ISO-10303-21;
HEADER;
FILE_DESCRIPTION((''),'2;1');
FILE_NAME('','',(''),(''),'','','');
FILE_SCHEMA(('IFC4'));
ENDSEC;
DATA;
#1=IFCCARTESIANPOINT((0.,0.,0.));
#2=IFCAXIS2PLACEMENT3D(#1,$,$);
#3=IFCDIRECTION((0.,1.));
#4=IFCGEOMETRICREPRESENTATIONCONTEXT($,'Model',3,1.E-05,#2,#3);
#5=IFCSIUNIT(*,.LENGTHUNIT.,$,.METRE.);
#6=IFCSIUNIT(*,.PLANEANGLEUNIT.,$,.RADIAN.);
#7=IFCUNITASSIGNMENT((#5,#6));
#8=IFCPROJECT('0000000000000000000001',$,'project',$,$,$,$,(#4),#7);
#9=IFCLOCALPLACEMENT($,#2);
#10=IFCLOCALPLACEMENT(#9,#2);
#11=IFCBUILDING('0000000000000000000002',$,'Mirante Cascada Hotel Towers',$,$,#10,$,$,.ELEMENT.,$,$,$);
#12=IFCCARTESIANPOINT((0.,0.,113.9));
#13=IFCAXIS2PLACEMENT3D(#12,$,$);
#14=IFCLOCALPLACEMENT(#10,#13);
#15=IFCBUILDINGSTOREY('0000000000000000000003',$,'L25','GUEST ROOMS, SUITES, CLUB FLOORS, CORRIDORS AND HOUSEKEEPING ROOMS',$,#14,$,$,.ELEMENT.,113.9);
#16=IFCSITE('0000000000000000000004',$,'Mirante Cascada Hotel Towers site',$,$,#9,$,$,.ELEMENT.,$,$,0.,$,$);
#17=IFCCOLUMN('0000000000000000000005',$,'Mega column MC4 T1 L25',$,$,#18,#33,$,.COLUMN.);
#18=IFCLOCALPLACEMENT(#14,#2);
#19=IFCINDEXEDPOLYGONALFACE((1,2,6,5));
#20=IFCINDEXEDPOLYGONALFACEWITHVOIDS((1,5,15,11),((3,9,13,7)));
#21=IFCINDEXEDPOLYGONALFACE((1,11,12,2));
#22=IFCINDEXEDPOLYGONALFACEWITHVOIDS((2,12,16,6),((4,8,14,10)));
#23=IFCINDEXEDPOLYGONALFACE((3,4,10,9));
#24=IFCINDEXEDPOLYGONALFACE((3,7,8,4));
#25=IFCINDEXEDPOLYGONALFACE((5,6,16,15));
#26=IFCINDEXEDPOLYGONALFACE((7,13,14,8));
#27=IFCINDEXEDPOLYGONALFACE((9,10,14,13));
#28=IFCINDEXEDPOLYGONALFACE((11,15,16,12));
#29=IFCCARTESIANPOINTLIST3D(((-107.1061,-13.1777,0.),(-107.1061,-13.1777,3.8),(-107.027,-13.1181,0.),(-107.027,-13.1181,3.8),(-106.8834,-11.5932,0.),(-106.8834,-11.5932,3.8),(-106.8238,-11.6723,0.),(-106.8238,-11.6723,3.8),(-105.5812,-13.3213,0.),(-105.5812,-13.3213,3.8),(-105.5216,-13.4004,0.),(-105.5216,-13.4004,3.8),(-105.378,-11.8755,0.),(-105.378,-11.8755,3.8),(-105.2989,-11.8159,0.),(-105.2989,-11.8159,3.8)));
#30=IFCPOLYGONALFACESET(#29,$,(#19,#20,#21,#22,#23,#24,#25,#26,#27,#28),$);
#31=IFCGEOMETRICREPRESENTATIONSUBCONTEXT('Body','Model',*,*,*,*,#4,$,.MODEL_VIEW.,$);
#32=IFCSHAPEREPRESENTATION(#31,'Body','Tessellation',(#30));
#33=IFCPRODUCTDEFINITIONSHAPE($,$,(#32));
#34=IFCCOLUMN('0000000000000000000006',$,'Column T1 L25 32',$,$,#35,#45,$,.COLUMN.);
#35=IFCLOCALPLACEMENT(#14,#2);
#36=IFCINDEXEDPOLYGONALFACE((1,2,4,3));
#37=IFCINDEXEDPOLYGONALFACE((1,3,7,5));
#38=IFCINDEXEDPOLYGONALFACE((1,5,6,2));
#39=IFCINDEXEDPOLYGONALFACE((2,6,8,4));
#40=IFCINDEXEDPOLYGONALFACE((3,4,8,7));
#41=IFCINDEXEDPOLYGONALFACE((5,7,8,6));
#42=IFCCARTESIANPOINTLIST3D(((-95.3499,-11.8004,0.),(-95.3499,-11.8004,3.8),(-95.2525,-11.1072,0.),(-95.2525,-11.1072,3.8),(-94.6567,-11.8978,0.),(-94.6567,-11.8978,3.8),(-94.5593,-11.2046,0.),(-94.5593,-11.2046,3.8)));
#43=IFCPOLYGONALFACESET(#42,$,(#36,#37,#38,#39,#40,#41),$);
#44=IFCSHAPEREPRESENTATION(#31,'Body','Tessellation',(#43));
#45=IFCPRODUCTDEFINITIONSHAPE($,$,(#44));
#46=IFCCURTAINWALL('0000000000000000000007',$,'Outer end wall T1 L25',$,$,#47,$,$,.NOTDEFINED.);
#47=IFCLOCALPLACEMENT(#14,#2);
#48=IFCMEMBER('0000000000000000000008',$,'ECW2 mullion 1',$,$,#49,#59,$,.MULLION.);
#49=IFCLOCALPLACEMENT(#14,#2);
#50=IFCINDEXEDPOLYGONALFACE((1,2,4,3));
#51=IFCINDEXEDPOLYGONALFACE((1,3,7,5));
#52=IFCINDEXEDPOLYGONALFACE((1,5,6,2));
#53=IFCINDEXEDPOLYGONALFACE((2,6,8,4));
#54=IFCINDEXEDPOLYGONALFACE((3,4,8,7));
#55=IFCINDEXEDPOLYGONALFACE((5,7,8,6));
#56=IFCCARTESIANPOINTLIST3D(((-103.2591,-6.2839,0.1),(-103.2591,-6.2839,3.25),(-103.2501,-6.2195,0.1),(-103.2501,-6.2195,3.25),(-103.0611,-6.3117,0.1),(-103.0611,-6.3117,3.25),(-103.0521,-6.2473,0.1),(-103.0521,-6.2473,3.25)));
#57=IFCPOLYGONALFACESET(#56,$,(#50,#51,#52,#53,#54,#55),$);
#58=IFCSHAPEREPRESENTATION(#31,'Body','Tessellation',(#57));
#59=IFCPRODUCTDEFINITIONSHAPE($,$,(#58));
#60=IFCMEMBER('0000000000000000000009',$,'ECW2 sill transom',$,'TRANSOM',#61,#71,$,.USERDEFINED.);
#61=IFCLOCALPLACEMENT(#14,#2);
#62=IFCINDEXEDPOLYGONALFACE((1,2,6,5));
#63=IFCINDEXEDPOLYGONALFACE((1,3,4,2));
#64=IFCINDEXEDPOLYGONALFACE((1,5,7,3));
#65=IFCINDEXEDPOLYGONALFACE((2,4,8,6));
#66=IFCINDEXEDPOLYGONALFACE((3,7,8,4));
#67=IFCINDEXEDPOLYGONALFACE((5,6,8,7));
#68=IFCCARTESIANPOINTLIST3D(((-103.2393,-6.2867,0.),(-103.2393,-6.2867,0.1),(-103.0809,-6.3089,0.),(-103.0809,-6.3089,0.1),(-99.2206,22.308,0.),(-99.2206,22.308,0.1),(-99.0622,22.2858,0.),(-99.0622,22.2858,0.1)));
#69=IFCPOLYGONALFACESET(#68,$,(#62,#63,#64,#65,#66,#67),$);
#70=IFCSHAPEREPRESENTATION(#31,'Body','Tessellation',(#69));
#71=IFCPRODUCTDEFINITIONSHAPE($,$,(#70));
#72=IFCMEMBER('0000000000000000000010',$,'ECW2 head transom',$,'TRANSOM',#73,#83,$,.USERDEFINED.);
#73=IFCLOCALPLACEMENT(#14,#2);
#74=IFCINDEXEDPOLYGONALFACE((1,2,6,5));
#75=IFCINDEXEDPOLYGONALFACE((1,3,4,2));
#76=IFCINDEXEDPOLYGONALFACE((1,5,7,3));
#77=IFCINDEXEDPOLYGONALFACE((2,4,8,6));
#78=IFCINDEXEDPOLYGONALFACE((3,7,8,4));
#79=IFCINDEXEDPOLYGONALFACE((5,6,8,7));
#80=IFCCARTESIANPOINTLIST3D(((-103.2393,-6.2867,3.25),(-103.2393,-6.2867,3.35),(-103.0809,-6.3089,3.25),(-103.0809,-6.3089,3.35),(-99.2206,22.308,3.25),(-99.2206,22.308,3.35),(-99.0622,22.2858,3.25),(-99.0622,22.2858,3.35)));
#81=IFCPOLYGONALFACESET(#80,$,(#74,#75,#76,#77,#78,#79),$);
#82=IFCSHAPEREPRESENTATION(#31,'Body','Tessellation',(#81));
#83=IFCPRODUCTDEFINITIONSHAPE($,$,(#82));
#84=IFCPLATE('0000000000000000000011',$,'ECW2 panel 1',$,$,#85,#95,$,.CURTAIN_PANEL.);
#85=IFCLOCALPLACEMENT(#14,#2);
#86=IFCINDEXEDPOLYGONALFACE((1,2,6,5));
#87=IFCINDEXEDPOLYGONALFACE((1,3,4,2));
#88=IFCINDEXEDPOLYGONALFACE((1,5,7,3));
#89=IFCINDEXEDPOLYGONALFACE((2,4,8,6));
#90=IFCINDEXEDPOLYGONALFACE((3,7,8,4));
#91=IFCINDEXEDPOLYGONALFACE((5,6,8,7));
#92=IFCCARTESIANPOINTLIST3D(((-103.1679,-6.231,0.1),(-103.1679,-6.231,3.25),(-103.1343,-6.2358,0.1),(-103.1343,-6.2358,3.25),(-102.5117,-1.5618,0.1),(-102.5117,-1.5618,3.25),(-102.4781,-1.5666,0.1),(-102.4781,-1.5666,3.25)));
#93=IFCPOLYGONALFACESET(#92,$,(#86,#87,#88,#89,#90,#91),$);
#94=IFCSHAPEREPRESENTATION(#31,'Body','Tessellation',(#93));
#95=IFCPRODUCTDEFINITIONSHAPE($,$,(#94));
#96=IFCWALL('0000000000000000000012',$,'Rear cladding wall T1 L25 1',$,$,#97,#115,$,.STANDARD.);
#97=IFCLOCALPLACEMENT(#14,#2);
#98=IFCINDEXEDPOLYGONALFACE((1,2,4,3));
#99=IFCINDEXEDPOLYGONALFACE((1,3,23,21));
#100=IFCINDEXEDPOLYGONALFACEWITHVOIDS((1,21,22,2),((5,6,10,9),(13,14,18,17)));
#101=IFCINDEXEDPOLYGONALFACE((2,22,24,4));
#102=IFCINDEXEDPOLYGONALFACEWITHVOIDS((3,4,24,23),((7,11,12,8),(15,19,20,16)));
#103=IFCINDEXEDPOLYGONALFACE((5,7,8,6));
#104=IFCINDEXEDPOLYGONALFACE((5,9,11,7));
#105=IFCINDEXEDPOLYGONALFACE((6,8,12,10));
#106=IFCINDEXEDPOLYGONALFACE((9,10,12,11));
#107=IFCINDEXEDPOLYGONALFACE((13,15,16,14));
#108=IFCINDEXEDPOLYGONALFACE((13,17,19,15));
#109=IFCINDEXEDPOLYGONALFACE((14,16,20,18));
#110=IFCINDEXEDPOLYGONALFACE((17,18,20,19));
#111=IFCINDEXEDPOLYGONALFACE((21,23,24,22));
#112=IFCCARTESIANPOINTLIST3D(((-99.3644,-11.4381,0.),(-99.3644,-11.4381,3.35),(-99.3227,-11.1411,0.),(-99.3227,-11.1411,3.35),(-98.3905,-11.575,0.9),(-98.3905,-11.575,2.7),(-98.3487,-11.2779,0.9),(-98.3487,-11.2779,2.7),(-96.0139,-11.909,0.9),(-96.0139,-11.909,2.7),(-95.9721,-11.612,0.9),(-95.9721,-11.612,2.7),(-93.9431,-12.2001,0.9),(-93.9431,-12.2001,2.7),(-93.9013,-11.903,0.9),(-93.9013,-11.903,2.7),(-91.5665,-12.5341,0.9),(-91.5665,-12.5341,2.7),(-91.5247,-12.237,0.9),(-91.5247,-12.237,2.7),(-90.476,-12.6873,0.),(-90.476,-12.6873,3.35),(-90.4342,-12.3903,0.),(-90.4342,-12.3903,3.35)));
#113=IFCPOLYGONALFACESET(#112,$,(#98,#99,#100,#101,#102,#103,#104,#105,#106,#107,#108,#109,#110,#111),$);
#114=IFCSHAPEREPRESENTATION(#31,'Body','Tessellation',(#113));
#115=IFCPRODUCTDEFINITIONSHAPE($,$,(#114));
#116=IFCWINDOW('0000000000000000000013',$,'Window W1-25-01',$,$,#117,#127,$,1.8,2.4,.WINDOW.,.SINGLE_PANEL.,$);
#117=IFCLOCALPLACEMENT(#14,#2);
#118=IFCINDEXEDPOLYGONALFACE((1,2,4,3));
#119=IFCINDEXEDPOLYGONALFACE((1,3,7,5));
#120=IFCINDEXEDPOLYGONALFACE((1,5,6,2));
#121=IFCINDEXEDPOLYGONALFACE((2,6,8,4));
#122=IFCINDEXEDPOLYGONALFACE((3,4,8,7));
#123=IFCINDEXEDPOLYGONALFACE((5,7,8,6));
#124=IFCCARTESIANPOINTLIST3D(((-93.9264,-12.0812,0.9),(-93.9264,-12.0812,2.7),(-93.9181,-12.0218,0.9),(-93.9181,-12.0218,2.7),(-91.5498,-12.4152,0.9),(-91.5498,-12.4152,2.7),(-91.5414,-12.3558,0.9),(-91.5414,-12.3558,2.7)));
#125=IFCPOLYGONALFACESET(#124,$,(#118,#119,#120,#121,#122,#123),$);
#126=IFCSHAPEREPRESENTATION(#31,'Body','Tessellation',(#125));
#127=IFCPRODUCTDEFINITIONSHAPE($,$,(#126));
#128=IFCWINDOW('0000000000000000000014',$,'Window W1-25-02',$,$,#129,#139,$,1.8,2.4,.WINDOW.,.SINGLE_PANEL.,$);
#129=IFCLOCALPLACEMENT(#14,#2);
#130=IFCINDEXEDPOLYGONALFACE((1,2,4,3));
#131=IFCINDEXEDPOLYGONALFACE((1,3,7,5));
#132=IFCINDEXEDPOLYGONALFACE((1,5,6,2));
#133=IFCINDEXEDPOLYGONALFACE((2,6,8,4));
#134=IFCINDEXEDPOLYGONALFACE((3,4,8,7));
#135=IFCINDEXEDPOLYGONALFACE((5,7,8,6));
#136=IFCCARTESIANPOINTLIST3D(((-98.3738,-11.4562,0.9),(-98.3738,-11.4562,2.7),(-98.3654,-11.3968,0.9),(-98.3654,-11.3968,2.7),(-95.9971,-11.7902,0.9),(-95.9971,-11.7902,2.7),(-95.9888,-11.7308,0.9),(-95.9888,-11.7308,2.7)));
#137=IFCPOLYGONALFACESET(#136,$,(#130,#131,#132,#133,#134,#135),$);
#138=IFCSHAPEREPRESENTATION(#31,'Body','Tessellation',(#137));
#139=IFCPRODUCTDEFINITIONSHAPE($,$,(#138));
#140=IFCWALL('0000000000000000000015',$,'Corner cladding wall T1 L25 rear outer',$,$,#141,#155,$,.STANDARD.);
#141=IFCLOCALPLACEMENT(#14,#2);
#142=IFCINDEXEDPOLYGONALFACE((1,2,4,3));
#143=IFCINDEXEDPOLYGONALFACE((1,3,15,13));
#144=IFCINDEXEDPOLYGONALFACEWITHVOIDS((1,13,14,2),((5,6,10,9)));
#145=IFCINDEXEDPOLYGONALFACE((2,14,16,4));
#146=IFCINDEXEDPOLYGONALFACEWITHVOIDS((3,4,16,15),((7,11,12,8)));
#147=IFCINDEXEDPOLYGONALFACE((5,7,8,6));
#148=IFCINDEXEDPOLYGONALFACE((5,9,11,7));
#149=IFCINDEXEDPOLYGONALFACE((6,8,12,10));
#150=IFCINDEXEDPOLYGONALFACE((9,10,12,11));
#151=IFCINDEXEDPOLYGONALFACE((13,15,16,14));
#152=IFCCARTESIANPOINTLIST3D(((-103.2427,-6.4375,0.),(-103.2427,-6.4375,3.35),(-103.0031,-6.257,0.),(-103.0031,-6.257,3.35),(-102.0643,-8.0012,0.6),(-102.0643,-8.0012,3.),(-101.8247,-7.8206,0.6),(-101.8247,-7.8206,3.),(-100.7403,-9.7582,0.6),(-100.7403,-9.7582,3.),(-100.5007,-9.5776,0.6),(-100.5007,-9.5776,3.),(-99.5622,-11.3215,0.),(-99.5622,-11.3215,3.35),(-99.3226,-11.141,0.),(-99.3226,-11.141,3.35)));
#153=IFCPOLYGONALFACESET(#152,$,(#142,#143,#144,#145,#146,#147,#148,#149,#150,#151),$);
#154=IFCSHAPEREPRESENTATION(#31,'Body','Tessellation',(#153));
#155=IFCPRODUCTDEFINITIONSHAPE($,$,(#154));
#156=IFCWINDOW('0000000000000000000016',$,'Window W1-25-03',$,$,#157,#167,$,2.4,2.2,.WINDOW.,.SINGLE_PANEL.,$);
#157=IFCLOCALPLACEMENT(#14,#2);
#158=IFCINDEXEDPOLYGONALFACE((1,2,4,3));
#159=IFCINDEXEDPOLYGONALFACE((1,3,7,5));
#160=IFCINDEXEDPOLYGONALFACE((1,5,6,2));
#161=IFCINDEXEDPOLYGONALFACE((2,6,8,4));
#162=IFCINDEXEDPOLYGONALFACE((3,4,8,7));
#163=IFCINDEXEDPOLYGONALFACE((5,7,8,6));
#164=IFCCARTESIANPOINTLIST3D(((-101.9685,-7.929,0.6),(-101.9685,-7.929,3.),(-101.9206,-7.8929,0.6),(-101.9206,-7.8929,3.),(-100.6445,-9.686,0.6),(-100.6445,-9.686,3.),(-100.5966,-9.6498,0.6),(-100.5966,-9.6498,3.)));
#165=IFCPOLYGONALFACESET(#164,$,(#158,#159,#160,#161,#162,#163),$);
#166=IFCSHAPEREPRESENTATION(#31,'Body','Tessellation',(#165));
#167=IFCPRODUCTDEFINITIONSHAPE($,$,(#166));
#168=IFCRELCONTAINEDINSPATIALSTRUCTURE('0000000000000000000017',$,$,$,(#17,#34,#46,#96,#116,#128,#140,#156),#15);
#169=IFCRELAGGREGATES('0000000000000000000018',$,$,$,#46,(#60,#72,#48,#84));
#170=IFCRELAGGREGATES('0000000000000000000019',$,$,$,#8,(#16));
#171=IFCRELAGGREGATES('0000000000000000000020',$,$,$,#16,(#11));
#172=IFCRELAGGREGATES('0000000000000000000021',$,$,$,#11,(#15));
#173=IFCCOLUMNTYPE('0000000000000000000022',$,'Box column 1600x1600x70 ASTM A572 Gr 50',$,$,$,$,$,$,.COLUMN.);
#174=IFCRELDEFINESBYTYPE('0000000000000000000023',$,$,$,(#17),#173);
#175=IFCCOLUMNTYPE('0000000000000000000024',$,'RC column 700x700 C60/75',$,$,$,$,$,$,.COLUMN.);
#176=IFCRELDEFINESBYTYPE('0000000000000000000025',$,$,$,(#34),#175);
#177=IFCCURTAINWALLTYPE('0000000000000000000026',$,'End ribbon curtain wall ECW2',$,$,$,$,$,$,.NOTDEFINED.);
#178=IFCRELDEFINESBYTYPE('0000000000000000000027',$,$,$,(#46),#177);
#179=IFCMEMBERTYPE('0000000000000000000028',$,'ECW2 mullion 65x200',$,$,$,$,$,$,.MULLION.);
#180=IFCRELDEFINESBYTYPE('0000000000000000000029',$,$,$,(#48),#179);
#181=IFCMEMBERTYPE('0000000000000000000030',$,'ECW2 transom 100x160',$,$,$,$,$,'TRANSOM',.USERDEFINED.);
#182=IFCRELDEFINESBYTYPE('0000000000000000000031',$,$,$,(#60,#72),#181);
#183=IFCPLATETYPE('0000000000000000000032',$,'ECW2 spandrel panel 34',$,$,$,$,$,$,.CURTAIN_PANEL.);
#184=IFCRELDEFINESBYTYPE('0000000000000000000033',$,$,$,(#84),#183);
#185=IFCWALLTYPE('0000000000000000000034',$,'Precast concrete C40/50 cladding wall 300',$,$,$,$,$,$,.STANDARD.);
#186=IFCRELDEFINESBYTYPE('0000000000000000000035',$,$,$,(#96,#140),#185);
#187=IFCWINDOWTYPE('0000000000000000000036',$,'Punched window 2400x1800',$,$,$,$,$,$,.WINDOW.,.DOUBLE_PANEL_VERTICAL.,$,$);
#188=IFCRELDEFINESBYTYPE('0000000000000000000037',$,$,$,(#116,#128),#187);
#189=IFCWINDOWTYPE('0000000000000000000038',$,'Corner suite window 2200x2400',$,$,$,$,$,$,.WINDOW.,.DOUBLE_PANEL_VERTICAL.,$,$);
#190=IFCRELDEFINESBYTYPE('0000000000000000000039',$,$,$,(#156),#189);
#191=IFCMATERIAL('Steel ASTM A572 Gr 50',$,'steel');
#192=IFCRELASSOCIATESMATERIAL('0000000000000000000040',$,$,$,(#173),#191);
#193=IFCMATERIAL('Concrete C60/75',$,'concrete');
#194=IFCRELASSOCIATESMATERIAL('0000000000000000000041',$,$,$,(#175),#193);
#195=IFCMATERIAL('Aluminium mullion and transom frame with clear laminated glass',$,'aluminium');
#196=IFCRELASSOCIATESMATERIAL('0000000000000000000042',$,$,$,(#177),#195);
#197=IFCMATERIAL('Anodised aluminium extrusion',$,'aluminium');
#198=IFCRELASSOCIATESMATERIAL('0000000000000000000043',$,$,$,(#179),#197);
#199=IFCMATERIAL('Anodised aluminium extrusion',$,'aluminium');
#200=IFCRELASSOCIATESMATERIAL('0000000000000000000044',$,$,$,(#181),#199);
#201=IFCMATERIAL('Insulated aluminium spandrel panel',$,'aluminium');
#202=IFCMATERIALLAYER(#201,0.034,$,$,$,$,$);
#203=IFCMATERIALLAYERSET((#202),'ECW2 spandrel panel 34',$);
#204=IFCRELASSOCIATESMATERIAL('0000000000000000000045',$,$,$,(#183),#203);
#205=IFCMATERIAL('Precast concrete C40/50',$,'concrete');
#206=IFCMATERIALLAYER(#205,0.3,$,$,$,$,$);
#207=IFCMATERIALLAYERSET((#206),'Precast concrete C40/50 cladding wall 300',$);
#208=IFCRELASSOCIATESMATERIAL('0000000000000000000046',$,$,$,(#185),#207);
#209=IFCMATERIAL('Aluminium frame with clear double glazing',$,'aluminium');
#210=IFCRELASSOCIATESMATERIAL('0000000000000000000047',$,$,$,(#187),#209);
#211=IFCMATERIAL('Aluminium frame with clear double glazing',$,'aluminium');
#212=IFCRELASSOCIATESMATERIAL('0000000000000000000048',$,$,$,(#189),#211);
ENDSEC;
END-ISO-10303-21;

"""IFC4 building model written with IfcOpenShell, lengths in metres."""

from ifc_helpers import new_model, si_unit, direction, frame, frame_2d, origin, origin_2d, place, context, subcontext, project, spatial, rectangle, hollow_rectangle, extrude, material, layer, layer_set, material_profile, profile_set, type_object, element, fill, aggregate, save


model = new_model("IFC4")

# Units and contexts
model_context = context("Model", 3, precision=1e-05, world=origin(), true_north=direction((0.0, 1.0)))
body_context = subcontext(model_context, "Body", "Model", "MODEL_VIEW")
ifc_project = project(units=[si_unit("LENGTHUNIT", "METRE"), si_unit("PLANEANGLEUNIT", "RADIAN")], contexts=[model_context])

# Site, building, storey
site_placement = place(None, origin())
site = spatial("IfcSite", under=ifc_project, at=site_placement, Name="Mirante Cascada Hotel Towers site", CompositionType="ELEMENT", RefElevation=0.0)
building_placement = place(site_placement, origin())
building = spatial("IfcBuilding", under=site, at=building_placement, Name="Mirante Cascada Hotel Towers", CompositionType="ELEMENT")
storey_placement = place(building_placement, frame((0.0, 0.0, 113.9)))
storey = spatial("IfcBuildingStorey", under=building, at=storey_placement, Name="L25", Description="GUEST ROOMS, SUITES, CLUB FLOORS, CORRIDORS AND HOUSEKEEPING ROOMS", CompositionType="ELEMENT", Elevation=113.9)

# Columns
ifc_material_1 = material(Name="Steel ASTM A572 Gr 50", Category="steel")
ifc_material_profile_1 = material_profile(ifc_material_1, hollow_rectangle(XDim=1.6, YDim=1.6, WallThickness=0.07, at=origin_2d()), Name="Box column 1600x1600x70 ASTM A572 Gr 50")
ifc_profile_set_1 = profile_set([ifc_material_profile_1], Name="Steel ASTM A572 Gr 50")
column_type_1 = type_object("IfcColumnType", Name="Box column 1600x1600x70 ASTM A572 Gr 50", PredefinedType="COLUMN", material=ifc_profile_set_1)
column_1_placement = place(storey_placement, frame((-106.2025, -12.4968, 0.0), z_axis=(0.0, 0.0, 1.0), x_axis=(-0.990268, 0.139173, 0.0)))
element("IfcColumn", 1, at=column_1_placement, inside=storey, type_object=column_type_1, Name="Mega column MC4 T1 L25", PredefinedType="COLUMN", context=body_context, shape_type="SweptSolid", body=[
    extrude(hollow_rectangle(XDim=1.6, YDim=1.6, WallThickness=0.07, at=origin_2d()), origin(), (0.0, 0.0, 1.0), 3.8),
])
ifc_material_2 = material(Name="Concrete C60/75", Category="concrete")
ifc_material_profile_2 = material_profile(ifc_material_2, rectangle(XDim=0.7, YDim=0.7, at=origin_2d()), Name="RC column 700x700 C60/75")
ifc_profile_set_2 = profile_set([ifc_material_profile_2], Name="Concrete C60/75")
column_type_2 = type_object("IfcColumnType", Name="RC column 700x700 C60/75", PredefinedType="COLUMN", material=ifc_profile_set_2)
column_2_placement = place(storey_placement, frame((-94.9546, -11.5025, 0.0), z_axis=(0.0, 0.0, 1.0), x_axis=(-0.990268, 0.139173, 0.0)))
element("IfcColumn", 2, at=column_2_placement, inside=storey, type_object=column_type_2, Name="Column T1 L25 32", PredefinedType="COLUMN", context=body_context, shape_type="SweptSolid", body=[
    extrude(rectangle(XDim=0.7, YDim=0.7, at=origin_2d()), origin(), (0.0, 0.0, 1.0), 3.8),
])

# Curtain wall, members, plate
ifc_material_3 = material(Name="Aluminium mullion and transom frame with clear laminated glass", Category="aluminium")
curtain_wall_type = type_object("IfcCurtainWallType", Name="End ribbon curtain wall ECW2", PredefinedType="NOTDEFINED", material=ifc_material_3)
curtain_wall_placement = place(storey_placement, origin())
curtain_wall = element("IfcCurtainWall", 3, at=curtain_wall_placement, inside=storey, type_object=curtain_wall_type, Name="Outer end wall T1 L25", PredefinedType="NOTDEFINED")
ifc_material_4 = material(Name="Anodised aluminium extrusion", Category="aluminium")
ifc_material_profile_3 = material_profile(ifc_material_4, rectangle(XDim=0.2, YDim=0.065, at=origin_2d()), Name="ECW2 MULLION 65x200")
ifc_profile_set_3 = profile_set([ifc_material_profile_3], Name="Anodised aluminium extrusion")
member_type_1 = type_object("IfcMemberType", Name="ECW2 mullion 65x200", PredefinedType="MULLION", material=ifc_profile_set_3)
member_1_placement = place(storey_placement, frame((-103.1556, -6.2656, 0.1), z_axis=(0.0, 0.0, 1.0), x_axis=(-0.990268, 0.139173, 0.0)))
member_1 = element("IfcMember", 4, at=member_1_placement, type_object=member_type_1, Name="ECW2 mullion 1", PredefinedType="MULLION", context=body_context, shape_type="SweptSolid", body=[
    extrude(rectangle(XDim=0.2, YDim=0.065, at=origin_2d()), origin(), (0.0, 0.0, 1.0), 3.15),
])
ifc_material_5 = material(Name="Anodised aluminium extrusion", Category="aluminium")
ifc_material_profile_4 = material_profile(ifc_material_5, rectangle(XDim=0.16, YDim=0.1, at=origin_2d()), Name="ECW2 TRANSOM 100x160")
ifc_profile_set_4 = profile_set([ifc_material_profile_4], Name="Anodised aluminium extrusion")
member_type_2 = type_object("IfcMemberType", Name="ECW2 transom 100x160", ElementType="TRANSOM", PredefinedType="USERDEFINED", material=ifc_profile_set_4)
member_2_placement = place(storey_placement, frame((-103.1601, -6.2978, 0.05), z_axis=(0.139172, 0.990268, 0.0), x_axis=(-0.990268, 0.139172, 0.0)))
member_2 = element("IfcMember", 5, at=member_2_placement, type_object=member_type_2, Name="ECW2 sill transom", ObjectType="TRANSOM", PredefinedType="USERDEFINED", context=body_context, shape_type="SweptSolid", body=[
    extrude(rectangle(XDim=0.16, YDim=0.1, at=origin_2d()), origin(), (0.0, 0.0, 1.0), 28.8757),
])
member_3_placement = place(storey_placement, frame((-103.1601, -6.2978, 3.3), z_axis=(0.139172, 0.990268, 0.0), x_axis=(-0.990268, 0.139172, 0.0)))
member_3 = element("IfcMember", 6, at=member_3_placement, type_object=member_type_2, Name="ECW2 head transom", ObjectType="TRANSOM", PredefinedType="USERDEFINED", context=body_context, shape_type="SweptSolid", body=[
    extrude(rectangle(XDim=0.16, YDim=0.1, at=origin_2d()), origin(), (0.0, 0.0, 1.0), 28.8757),
])
ifc_material_6 = material(Name="Insulated aluminium spandrel panel", Category="aluminium")
ifc_layer_1 = layer(ifc_material_6, 0.034)
ifc_layer_set_1 = layer_set([ifc_layer_1], Name="ECW2 spandrel panel 34")
plate_type = type_object("IfcPlateType", Name="ECW2 spandrel panel 34", PredefinedType="CURTAIN_PANEL", material=ifc_layer_set_1)
plate_placement = place(storey_placement, frame((-102.823, -3.8988, 0.1), z_axis=(0.0, 0.0, 1.0), x_axis=(0.139173, 0.990268, 0.0)))
plate = element("IfcPlate", 7, at=plate_placement, type_object=plate_type, Name="ECW2 panel 1", PredefinedType="CURTAIN_PANEL", context=body_context, shape_type="SweptSolid", body=[
    extrude(rectangle(XDim=4.7151, YDim=0.034, at=origin_2d()), origin(), (0.0, 0.0, 1.0), 3.15),
])
aggregate(curtain_wall, [member_2, member_3, member_1, plate])

# Wall, openings, windows
ifc_material_7 = material(Name="Precast concrete C40/50", Category="concrete")
ifc_layer_2 = layer(ifc_material_7, 0.3)
ifc_layer_set_2 = layer_set([ifc_layer_2], Name="Precast concrete C40/50 cladding wall 300")
wall_type_1 = type_object("IfcWallType", Name="Precast concrete C40/50 cladding wall 300", PredefinedType="STANDARD", material=ifc_layer_set_2)
wall_1_placement = place(storey_placement, frame((-90.4551, -12.5388, 0.0), z_axis=(0.0, 0.0, 1.0), x_axis=(-0.990268, 0.139175, 0.0)))
wall_1 = element("IfcWall", 8, at=wall_1_placement, inside=storey, type_object=wall_type_1, Name="Rear cladding wall T1 L25 1", PredefinedType="STANDARD", context=body_context, shape_type="SweptSolid", body=[
    extrude(rectangle(XDim=8.9758, YDim=0.3, at=frame_2d((4.4879, 0.0))), origin(), (0.0, 0.0, 1.0), 3.35),
])
opening_1_placement = place(wall_1_placement, frame((1.1012, 0.0, 0.9)))
opening_1 = element("IfcOpeningElement", 9, at=opening_1_placement, cuts=wall_1, PredefinedType="OPENING", context=body_context, shape_type="SweptSolid", body=[
    extrude(rectangle(XDim=2.4, YDim=1.8, at=frame_2d((1.2, 0.9))), frame((0.0, 0.15, 0.0), z_axis=(0.0, -1.0, 0.0), x_axis=(1.0, 0.0, 0.0)), (0.0, 0.0, 1.0), 0.3),
])
opening_2_placement = place(wall_1_placement, frame((5.5923, 0.0, 0.9)))
opening_2 = element("IfcOpeningElement", 10, at=opening_2_placement, cuts=wall_1, PredefinedType="OPENING", context=body_context, shape_type="SweptSolid", body=[
    extrude(rectangle(XDim=2.4, YDim=1.8, at=frame_2d((1.2, 0.9))), frame((0.0, 0.15, 0.0), z_axis=(0.0, -1.0, 0.0), x_axis=(1.0, 0.0, 0.0)), (0.0, 0.0, 1.0), 0.3),
])
ifc_material_8 = material(Name="Aluminium frame with clear double glazing", Category="aluminium")
window_type_1 = type_object("IfcWindowType", Name="Punched window 2400x1800", PartitioningType="DOUBLE_PANEL_VERTICAL", PredefinedType="WINDOW", material=ifc_material_8)
window_1_placement = place(opening_1_placement, origin())
window_1 = element("IfcWindow", 11, at=window_1_placement, inside=storey, type_object=window_type_1, Name="Window W1-25-01", OverallHeight=1.8, OverallWidth=2.4, PartitioningType="SINGLE_PANEL", PredefinedType="WINDOW", context=body_context, shape_type="SweptSolid", body=[
    extrude(rectangle(XDim=2.4, YDim=1.8, at=frame_2d((1.2, 0.9))), frame((0.0, 0.03, 0.0), z_axis=(0.0, -1.0, 0.0), x_axis=(1.0, 0.0, 0.0)), (0.0, 0.0, 1.0), 0.06),
])
fill(opening_1, window_1)
window_2_placement = place(opening_2_placement, origin())
window_2 = element("IfcWindow", 12, at=window_2_placement, inside=storey, type_object=window_type_1, Name="Window W1-25-02", OverallHeight=1.8, OverallWidth=2.4, PartitioningType="SINGLE_PANEL", PredefinedType="WINDOW", context=body_context, shape_type="SweptSolid", body=[
    extrude(rectangle(XDim=2.4, YDim=1.8, at=frame_2d((1.2, 0.9))), frame((0.0, 0.03, 0.0), z_axis=(0.0, -1.0, 0.0), x_axis=(1.0, 0.0, 0.0)), (0.0, 0.0, 1.0), 0.06),
])
fill(opening_2, window_2)

# Wall, opening, window
wall_2_placement = place(storey_placement, frame((-99.4424, -11.2313, 0.0), z_axis=(0.0, 0.0, 1.0), x_axis=(-0.601819, 0.798632, 0.0)))
wall_2 = element("IfcWall", 13, at=wall_2_placement, inside=storey, type_object=wall_type_1, Name="Corner cladding wall T1 L25 rear outer", PredefinedType="STANDARD", context=body_context, shape_type="SweptSolid", body=[
    extrude(rectangle(XDim=6.1155, YDim=0.3, at=frame_2d((3.0578, 0.0))), origin(), (0.0, 0.0, 1.0), 3.35),
])
opening_3_placement = place(wall_2_placement, frame((1.9576, 0.0, 0.6)))
opening_3 = element("IfcOpeningElement", 14, at=opening_3_placement, cuts=wall_2, PredefinedType="OPENING", context=body_context, shape_type="SweptSolid", body=[
    extrude(rectangle(XDim=2.2, YDim=2.4, at=frame_2d((1.1, 1.2))), frame((0.0, 0.15, 0.0), z_axis=(0.0, -1.0, 0.0), x_axis=(1.0, 0.0, 0.0)), (0.0, 0.0, 1.0), 0.3),
])
ifc_material_9 = material(Name="Aluminium frame with clear double glazing", Category="aluminium")
window_type_2 = type_object("IfcWindowType", Name="Corner suite window 2200x2400", PartitioningType="DOUBLE_PANEL_VERTICAL", PredefinedType="WINDOW", material=ifc_material_9)
window_3_placement = place(opening_3_placement, origin())
window_3 = element("IfcWindow", 15, at=window_3_placement, inside=storey, type_object=window_type_2, Name="Window W1-25-03", OverallHeight=2.4, OverallWidth=2.2, PartitioningType="SINGLE_PANEL", PredefinedType="WINDOW", context=body_context, shape_type="SweptSolid", body=[
    extrude(rectangle(XDim=2.2, YDim=2.4, at=frame_2d((1.1, 1.2))), frame((0.0, 0.03, 0.0), z_axis=(0.0, -1.0, 0.0), x_axis=(1.0, 0.0, 0.0)), (0.0, 0.0, 1.0), 0.06),
])
fill(opening_3, window_3)

save(model, "model.ifc")
